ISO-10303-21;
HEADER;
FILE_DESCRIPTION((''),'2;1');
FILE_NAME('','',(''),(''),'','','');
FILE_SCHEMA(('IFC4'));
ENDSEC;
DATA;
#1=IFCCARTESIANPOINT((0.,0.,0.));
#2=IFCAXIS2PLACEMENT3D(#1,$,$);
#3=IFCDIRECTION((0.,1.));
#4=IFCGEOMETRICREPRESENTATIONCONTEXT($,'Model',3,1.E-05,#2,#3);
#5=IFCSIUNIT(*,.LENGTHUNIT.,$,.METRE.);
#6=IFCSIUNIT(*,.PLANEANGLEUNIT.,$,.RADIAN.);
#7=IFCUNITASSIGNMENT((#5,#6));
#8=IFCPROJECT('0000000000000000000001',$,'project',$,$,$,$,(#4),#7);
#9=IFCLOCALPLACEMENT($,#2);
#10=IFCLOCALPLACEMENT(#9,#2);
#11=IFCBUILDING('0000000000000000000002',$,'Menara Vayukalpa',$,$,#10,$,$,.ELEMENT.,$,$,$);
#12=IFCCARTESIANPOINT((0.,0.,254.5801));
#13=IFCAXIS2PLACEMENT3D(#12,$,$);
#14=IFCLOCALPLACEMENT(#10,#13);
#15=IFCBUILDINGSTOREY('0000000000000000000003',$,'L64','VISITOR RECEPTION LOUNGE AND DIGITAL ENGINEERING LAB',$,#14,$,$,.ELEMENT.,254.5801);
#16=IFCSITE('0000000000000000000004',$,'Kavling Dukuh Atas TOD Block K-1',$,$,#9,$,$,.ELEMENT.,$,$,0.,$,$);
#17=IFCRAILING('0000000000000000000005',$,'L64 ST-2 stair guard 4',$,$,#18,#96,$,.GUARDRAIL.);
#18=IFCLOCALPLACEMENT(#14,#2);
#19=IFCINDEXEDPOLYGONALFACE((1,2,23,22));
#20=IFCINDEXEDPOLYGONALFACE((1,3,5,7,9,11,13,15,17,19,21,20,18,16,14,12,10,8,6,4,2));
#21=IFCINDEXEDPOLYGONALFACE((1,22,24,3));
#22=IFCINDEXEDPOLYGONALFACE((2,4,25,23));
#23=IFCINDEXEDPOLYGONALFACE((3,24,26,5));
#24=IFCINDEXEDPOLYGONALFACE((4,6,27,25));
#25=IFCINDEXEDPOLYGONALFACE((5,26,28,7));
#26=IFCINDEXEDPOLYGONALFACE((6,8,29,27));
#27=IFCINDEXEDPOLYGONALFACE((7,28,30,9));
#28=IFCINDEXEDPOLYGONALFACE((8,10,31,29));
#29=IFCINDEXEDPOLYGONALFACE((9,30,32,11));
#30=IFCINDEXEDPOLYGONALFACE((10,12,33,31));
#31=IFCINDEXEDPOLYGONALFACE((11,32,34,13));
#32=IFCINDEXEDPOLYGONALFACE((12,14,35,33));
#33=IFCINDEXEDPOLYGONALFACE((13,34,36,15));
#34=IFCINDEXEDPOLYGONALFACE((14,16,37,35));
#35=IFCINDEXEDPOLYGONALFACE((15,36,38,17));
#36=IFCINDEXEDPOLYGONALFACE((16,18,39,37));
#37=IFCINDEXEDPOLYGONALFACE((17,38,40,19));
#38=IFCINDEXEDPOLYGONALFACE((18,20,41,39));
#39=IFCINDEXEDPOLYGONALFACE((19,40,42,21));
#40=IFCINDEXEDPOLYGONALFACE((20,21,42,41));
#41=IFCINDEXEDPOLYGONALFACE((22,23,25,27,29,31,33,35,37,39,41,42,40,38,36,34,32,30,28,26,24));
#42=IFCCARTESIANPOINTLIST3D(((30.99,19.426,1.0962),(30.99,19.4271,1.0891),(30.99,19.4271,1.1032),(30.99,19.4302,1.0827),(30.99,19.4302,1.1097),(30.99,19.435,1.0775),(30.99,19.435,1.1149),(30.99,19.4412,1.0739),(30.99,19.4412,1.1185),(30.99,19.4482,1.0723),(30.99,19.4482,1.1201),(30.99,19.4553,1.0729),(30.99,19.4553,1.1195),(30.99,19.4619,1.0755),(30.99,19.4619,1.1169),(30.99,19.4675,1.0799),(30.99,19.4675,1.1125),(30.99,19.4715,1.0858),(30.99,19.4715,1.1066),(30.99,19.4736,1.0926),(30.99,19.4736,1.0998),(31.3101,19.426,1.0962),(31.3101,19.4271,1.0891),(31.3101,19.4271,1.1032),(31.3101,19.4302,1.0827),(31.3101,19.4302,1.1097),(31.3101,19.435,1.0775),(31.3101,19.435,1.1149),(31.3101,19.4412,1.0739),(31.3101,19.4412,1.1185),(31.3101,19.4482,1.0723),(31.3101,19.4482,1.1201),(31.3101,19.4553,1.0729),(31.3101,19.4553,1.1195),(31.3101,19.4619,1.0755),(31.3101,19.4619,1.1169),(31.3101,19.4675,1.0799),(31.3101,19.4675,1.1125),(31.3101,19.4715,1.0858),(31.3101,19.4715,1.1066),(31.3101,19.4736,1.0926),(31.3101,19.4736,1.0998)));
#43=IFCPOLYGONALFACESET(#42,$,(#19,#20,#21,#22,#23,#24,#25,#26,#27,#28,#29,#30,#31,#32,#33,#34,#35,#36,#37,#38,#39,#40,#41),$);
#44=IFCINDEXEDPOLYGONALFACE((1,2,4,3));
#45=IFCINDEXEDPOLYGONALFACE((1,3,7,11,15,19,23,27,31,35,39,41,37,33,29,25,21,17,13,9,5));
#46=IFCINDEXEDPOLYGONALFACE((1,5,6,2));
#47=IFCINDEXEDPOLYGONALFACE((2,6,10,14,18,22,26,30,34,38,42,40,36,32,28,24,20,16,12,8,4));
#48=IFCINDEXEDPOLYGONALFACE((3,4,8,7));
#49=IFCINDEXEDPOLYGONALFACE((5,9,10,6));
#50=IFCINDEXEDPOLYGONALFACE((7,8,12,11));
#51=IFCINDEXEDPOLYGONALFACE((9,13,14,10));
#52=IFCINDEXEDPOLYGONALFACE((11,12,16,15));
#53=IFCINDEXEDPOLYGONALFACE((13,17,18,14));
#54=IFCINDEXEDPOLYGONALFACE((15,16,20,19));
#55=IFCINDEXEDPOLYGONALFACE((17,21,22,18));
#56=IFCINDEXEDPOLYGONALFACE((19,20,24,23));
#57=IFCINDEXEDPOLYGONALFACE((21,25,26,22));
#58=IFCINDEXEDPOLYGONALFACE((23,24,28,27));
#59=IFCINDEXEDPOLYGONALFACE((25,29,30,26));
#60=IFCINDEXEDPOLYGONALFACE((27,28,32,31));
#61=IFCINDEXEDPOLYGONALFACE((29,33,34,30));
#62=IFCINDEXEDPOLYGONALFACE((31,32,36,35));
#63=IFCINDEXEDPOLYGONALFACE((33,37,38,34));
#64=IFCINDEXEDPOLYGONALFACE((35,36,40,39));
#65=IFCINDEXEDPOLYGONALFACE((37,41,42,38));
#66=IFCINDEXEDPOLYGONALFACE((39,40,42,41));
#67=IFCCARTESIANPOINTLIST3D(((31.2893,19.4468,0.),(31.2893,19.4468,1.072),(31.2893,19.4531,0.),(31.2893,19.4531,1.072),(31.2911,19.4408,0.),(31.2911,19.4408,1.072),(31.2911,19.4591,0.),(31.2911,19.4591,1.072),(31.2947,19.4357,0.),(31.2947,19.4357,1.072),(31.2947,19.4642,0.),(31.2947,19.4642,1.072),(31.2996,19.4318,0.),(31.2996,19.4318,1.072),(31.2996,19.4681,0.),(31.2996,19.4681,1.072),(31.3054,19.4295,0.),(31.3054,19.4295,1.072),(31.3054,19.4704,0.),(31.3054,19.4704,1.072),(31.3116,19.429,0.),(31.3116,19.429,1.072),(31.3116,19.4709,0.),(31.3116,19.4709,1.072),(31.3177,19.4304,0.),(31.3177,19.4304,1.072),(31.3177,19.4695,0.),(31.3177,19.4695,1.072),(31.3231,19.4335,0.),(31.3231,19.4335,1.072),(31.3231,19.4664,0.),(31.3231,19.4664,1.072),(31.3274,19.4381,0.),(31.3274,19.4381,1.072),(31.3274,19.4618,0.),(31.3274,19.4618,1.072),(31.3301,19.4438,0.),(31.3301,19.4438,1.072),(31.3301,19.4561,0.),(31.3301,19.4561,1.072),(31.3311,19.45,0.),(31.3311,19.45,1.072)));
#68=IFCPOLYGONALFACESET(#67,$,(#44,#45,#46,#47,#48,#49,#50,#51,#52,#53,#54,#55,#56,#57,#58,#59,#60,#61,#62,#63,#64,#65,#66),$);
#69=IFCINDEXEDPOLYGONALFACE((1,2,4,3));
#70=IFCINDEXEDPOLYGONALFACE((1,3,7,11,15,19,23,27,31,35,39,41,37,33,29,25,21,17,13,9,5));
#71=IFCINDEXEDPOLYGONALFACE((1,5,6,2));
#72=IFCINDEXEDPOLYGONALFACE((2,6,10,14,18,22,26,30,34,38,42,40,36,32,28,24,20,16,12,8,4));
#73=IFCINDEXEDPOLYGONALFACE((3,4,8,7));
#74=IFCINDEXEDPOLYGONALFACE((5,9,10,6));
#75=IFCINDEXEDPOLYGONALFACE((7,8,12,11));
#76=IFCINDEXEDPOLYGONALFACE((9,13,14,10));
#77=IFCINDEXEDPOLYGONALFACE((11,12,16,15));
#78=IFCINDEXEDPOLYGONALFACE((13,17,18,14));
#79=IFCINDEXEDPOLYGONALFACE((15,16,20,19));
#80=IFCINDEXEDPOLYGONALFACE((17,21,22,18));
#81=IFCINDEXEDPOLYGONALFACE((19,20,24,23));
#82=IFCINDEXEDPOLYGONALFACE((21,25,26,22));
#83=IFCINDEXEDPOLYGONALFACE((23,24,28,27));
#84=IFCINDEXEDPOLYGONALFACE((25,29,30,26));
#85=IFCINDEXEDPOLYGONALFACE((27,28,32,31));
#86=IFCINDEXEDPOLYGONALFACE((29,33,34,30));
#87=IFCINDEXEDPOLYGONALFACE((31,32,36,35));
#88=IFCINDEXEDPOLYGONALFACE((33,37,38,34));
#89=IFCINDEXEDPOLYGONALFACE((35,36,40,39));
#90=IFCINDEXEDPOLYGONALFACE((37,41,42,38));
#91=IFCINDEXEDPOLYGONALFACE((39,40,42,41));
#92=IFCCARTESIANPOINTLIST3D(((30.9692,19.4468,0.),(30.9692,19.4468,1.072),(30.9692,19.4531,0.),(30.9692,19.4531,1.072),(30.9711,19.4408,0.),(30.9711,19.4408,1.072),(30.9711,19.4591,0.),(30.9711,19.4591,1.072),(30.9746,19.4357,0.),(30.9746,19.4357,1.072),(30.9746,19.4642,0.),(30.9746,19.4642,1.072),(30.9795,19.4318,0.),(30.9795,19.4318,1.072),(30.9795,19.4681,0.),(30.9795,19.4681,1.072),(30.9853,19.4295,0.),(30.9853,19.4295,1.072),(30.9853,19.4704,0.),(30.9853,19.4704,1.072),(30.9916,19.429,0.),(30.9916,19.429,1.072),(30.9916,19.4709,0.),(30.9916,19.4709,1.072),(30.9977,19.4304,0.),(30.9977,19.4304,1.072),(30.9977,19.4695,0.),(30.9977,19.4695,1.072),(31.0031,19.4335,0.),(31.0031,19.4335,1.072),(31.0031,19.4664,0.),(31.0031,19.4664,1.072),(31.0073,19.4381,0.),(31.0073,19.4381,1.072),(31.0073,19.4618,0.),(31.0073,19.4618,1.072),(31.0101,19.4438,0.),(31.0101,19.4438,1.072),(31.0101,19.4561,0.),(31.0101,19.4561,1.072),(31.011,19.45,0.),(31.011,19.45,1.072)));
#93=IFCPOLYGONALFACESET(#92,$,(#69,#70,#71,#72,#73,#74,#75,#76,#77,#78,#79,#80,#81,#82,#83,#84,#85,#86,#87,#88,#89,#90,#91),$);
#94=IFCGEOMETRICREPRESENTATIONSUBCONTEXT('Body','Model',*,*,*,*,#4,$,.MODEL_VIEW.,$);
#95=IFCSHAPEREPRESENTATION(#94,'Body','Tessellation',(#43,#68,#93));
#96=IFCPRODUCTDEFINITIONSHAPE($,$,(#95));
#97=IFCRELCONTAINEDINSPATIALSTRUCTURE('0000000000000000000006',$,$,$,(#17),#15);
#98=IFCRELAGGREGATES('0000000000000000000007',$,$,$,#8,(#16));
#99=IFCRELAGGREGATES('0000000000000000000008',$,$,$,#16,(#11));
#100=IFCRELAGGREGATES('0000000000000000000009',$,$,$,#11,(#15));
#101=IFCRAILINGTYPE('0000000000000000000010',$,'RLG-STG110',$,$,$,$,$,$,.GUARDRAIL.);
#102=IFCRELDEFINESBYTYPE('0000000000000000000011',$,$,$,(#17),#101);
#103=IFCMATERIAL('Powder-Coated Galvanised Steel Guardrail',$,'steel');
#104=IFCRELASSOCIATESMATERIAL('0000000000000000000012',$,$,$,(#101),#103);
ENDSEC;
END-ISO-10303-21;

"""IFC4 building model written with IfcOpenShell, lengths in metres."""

from ifc_helpers import new_model, si_unit, direction, frame, origin, origin_2d, place, context, subcontext, project, spatial, circle, extrude, material, type_object, element, save


model = new_model("IFC4")

# Units and contexts
model_context = context("Model", 3, precision=1e-05, world=origin(), true_north=direction((0.0, 1.0)))
body_context = subcontext(model_context, "Body", "Model", "MODEL_VIEW")
ifc_project = project(units=[si_unit("LENGTHUNIT", "METRE"), si_unit("PLANEANGLEUNIT", "RADIAN")], contexts=[model_context])

# Site, building, storey
site_placement = place(None, origin())
site = spatial("IfcSite", under=ifc_project, at=site_placement, Name="Kavling Dukuh Atas TOD Block K-1", CompositionType="ELEMENT", RefElevation=0.0)
building_placement = place(site_placement, origin())
building = spatial("IfcBuilding", under=site, at=building_placement, Name="Menara Vayukalpa", CompositionType="ELEMENT")
storey_placement = place(building_placement, frame((0.0, 0.0, 254.5801)))
storey = spatial("IfcBuildingStorey", under=building, at=storey_placement, Name="L64", Description="VISITOR RECEPTION LOUNGE AND DIGITAL ENGINEERING LAB", CompositionType="ELEMENT", Elevation=254.5801)

# Railing
ifc_material_1 = material(Name="Powder-Coated Galvanised Steel Guardrail", Category="steel")
railing_type_1 = type_object("IfcRailingType", Name="RLG-STG110", PredefinedType="GUARDRAIL", material=ifc_material_1)
railing_1_placement = place(storey_placement, frame((31.3101, 19.45, 0.0)))
element("IfcRailing", 1, at=railing_1_placement, inside=storey, type_object=railing_type_1, Name="L64 ST-2 stair guard 4", PredefinedType="GUARDRAIL", context=body_context, shape_type="SweptSolid", body=[
    extrude(circle(Radius=0.0239, at=origin_2d()), frame((0.0, 0.0, 1.0962), z_axis=(-1.0, 0.0, 0.0), x_axis=(0.0, -1.0, 0.0)), (0.0, 0.0, 1.0), 0.3201),
    extrude(circle(Radius=0.021, at=origin_2d()), origin(), (0.0, 0.0, 1.0), 1.072),
    extrude(circle(Radius=0.021, at=origin_2d()), frame((-0.3201, 0.0, 0.0)), (0.0, 0.0, 1.0), 1.072),
])

save(model, "model.ifc")
